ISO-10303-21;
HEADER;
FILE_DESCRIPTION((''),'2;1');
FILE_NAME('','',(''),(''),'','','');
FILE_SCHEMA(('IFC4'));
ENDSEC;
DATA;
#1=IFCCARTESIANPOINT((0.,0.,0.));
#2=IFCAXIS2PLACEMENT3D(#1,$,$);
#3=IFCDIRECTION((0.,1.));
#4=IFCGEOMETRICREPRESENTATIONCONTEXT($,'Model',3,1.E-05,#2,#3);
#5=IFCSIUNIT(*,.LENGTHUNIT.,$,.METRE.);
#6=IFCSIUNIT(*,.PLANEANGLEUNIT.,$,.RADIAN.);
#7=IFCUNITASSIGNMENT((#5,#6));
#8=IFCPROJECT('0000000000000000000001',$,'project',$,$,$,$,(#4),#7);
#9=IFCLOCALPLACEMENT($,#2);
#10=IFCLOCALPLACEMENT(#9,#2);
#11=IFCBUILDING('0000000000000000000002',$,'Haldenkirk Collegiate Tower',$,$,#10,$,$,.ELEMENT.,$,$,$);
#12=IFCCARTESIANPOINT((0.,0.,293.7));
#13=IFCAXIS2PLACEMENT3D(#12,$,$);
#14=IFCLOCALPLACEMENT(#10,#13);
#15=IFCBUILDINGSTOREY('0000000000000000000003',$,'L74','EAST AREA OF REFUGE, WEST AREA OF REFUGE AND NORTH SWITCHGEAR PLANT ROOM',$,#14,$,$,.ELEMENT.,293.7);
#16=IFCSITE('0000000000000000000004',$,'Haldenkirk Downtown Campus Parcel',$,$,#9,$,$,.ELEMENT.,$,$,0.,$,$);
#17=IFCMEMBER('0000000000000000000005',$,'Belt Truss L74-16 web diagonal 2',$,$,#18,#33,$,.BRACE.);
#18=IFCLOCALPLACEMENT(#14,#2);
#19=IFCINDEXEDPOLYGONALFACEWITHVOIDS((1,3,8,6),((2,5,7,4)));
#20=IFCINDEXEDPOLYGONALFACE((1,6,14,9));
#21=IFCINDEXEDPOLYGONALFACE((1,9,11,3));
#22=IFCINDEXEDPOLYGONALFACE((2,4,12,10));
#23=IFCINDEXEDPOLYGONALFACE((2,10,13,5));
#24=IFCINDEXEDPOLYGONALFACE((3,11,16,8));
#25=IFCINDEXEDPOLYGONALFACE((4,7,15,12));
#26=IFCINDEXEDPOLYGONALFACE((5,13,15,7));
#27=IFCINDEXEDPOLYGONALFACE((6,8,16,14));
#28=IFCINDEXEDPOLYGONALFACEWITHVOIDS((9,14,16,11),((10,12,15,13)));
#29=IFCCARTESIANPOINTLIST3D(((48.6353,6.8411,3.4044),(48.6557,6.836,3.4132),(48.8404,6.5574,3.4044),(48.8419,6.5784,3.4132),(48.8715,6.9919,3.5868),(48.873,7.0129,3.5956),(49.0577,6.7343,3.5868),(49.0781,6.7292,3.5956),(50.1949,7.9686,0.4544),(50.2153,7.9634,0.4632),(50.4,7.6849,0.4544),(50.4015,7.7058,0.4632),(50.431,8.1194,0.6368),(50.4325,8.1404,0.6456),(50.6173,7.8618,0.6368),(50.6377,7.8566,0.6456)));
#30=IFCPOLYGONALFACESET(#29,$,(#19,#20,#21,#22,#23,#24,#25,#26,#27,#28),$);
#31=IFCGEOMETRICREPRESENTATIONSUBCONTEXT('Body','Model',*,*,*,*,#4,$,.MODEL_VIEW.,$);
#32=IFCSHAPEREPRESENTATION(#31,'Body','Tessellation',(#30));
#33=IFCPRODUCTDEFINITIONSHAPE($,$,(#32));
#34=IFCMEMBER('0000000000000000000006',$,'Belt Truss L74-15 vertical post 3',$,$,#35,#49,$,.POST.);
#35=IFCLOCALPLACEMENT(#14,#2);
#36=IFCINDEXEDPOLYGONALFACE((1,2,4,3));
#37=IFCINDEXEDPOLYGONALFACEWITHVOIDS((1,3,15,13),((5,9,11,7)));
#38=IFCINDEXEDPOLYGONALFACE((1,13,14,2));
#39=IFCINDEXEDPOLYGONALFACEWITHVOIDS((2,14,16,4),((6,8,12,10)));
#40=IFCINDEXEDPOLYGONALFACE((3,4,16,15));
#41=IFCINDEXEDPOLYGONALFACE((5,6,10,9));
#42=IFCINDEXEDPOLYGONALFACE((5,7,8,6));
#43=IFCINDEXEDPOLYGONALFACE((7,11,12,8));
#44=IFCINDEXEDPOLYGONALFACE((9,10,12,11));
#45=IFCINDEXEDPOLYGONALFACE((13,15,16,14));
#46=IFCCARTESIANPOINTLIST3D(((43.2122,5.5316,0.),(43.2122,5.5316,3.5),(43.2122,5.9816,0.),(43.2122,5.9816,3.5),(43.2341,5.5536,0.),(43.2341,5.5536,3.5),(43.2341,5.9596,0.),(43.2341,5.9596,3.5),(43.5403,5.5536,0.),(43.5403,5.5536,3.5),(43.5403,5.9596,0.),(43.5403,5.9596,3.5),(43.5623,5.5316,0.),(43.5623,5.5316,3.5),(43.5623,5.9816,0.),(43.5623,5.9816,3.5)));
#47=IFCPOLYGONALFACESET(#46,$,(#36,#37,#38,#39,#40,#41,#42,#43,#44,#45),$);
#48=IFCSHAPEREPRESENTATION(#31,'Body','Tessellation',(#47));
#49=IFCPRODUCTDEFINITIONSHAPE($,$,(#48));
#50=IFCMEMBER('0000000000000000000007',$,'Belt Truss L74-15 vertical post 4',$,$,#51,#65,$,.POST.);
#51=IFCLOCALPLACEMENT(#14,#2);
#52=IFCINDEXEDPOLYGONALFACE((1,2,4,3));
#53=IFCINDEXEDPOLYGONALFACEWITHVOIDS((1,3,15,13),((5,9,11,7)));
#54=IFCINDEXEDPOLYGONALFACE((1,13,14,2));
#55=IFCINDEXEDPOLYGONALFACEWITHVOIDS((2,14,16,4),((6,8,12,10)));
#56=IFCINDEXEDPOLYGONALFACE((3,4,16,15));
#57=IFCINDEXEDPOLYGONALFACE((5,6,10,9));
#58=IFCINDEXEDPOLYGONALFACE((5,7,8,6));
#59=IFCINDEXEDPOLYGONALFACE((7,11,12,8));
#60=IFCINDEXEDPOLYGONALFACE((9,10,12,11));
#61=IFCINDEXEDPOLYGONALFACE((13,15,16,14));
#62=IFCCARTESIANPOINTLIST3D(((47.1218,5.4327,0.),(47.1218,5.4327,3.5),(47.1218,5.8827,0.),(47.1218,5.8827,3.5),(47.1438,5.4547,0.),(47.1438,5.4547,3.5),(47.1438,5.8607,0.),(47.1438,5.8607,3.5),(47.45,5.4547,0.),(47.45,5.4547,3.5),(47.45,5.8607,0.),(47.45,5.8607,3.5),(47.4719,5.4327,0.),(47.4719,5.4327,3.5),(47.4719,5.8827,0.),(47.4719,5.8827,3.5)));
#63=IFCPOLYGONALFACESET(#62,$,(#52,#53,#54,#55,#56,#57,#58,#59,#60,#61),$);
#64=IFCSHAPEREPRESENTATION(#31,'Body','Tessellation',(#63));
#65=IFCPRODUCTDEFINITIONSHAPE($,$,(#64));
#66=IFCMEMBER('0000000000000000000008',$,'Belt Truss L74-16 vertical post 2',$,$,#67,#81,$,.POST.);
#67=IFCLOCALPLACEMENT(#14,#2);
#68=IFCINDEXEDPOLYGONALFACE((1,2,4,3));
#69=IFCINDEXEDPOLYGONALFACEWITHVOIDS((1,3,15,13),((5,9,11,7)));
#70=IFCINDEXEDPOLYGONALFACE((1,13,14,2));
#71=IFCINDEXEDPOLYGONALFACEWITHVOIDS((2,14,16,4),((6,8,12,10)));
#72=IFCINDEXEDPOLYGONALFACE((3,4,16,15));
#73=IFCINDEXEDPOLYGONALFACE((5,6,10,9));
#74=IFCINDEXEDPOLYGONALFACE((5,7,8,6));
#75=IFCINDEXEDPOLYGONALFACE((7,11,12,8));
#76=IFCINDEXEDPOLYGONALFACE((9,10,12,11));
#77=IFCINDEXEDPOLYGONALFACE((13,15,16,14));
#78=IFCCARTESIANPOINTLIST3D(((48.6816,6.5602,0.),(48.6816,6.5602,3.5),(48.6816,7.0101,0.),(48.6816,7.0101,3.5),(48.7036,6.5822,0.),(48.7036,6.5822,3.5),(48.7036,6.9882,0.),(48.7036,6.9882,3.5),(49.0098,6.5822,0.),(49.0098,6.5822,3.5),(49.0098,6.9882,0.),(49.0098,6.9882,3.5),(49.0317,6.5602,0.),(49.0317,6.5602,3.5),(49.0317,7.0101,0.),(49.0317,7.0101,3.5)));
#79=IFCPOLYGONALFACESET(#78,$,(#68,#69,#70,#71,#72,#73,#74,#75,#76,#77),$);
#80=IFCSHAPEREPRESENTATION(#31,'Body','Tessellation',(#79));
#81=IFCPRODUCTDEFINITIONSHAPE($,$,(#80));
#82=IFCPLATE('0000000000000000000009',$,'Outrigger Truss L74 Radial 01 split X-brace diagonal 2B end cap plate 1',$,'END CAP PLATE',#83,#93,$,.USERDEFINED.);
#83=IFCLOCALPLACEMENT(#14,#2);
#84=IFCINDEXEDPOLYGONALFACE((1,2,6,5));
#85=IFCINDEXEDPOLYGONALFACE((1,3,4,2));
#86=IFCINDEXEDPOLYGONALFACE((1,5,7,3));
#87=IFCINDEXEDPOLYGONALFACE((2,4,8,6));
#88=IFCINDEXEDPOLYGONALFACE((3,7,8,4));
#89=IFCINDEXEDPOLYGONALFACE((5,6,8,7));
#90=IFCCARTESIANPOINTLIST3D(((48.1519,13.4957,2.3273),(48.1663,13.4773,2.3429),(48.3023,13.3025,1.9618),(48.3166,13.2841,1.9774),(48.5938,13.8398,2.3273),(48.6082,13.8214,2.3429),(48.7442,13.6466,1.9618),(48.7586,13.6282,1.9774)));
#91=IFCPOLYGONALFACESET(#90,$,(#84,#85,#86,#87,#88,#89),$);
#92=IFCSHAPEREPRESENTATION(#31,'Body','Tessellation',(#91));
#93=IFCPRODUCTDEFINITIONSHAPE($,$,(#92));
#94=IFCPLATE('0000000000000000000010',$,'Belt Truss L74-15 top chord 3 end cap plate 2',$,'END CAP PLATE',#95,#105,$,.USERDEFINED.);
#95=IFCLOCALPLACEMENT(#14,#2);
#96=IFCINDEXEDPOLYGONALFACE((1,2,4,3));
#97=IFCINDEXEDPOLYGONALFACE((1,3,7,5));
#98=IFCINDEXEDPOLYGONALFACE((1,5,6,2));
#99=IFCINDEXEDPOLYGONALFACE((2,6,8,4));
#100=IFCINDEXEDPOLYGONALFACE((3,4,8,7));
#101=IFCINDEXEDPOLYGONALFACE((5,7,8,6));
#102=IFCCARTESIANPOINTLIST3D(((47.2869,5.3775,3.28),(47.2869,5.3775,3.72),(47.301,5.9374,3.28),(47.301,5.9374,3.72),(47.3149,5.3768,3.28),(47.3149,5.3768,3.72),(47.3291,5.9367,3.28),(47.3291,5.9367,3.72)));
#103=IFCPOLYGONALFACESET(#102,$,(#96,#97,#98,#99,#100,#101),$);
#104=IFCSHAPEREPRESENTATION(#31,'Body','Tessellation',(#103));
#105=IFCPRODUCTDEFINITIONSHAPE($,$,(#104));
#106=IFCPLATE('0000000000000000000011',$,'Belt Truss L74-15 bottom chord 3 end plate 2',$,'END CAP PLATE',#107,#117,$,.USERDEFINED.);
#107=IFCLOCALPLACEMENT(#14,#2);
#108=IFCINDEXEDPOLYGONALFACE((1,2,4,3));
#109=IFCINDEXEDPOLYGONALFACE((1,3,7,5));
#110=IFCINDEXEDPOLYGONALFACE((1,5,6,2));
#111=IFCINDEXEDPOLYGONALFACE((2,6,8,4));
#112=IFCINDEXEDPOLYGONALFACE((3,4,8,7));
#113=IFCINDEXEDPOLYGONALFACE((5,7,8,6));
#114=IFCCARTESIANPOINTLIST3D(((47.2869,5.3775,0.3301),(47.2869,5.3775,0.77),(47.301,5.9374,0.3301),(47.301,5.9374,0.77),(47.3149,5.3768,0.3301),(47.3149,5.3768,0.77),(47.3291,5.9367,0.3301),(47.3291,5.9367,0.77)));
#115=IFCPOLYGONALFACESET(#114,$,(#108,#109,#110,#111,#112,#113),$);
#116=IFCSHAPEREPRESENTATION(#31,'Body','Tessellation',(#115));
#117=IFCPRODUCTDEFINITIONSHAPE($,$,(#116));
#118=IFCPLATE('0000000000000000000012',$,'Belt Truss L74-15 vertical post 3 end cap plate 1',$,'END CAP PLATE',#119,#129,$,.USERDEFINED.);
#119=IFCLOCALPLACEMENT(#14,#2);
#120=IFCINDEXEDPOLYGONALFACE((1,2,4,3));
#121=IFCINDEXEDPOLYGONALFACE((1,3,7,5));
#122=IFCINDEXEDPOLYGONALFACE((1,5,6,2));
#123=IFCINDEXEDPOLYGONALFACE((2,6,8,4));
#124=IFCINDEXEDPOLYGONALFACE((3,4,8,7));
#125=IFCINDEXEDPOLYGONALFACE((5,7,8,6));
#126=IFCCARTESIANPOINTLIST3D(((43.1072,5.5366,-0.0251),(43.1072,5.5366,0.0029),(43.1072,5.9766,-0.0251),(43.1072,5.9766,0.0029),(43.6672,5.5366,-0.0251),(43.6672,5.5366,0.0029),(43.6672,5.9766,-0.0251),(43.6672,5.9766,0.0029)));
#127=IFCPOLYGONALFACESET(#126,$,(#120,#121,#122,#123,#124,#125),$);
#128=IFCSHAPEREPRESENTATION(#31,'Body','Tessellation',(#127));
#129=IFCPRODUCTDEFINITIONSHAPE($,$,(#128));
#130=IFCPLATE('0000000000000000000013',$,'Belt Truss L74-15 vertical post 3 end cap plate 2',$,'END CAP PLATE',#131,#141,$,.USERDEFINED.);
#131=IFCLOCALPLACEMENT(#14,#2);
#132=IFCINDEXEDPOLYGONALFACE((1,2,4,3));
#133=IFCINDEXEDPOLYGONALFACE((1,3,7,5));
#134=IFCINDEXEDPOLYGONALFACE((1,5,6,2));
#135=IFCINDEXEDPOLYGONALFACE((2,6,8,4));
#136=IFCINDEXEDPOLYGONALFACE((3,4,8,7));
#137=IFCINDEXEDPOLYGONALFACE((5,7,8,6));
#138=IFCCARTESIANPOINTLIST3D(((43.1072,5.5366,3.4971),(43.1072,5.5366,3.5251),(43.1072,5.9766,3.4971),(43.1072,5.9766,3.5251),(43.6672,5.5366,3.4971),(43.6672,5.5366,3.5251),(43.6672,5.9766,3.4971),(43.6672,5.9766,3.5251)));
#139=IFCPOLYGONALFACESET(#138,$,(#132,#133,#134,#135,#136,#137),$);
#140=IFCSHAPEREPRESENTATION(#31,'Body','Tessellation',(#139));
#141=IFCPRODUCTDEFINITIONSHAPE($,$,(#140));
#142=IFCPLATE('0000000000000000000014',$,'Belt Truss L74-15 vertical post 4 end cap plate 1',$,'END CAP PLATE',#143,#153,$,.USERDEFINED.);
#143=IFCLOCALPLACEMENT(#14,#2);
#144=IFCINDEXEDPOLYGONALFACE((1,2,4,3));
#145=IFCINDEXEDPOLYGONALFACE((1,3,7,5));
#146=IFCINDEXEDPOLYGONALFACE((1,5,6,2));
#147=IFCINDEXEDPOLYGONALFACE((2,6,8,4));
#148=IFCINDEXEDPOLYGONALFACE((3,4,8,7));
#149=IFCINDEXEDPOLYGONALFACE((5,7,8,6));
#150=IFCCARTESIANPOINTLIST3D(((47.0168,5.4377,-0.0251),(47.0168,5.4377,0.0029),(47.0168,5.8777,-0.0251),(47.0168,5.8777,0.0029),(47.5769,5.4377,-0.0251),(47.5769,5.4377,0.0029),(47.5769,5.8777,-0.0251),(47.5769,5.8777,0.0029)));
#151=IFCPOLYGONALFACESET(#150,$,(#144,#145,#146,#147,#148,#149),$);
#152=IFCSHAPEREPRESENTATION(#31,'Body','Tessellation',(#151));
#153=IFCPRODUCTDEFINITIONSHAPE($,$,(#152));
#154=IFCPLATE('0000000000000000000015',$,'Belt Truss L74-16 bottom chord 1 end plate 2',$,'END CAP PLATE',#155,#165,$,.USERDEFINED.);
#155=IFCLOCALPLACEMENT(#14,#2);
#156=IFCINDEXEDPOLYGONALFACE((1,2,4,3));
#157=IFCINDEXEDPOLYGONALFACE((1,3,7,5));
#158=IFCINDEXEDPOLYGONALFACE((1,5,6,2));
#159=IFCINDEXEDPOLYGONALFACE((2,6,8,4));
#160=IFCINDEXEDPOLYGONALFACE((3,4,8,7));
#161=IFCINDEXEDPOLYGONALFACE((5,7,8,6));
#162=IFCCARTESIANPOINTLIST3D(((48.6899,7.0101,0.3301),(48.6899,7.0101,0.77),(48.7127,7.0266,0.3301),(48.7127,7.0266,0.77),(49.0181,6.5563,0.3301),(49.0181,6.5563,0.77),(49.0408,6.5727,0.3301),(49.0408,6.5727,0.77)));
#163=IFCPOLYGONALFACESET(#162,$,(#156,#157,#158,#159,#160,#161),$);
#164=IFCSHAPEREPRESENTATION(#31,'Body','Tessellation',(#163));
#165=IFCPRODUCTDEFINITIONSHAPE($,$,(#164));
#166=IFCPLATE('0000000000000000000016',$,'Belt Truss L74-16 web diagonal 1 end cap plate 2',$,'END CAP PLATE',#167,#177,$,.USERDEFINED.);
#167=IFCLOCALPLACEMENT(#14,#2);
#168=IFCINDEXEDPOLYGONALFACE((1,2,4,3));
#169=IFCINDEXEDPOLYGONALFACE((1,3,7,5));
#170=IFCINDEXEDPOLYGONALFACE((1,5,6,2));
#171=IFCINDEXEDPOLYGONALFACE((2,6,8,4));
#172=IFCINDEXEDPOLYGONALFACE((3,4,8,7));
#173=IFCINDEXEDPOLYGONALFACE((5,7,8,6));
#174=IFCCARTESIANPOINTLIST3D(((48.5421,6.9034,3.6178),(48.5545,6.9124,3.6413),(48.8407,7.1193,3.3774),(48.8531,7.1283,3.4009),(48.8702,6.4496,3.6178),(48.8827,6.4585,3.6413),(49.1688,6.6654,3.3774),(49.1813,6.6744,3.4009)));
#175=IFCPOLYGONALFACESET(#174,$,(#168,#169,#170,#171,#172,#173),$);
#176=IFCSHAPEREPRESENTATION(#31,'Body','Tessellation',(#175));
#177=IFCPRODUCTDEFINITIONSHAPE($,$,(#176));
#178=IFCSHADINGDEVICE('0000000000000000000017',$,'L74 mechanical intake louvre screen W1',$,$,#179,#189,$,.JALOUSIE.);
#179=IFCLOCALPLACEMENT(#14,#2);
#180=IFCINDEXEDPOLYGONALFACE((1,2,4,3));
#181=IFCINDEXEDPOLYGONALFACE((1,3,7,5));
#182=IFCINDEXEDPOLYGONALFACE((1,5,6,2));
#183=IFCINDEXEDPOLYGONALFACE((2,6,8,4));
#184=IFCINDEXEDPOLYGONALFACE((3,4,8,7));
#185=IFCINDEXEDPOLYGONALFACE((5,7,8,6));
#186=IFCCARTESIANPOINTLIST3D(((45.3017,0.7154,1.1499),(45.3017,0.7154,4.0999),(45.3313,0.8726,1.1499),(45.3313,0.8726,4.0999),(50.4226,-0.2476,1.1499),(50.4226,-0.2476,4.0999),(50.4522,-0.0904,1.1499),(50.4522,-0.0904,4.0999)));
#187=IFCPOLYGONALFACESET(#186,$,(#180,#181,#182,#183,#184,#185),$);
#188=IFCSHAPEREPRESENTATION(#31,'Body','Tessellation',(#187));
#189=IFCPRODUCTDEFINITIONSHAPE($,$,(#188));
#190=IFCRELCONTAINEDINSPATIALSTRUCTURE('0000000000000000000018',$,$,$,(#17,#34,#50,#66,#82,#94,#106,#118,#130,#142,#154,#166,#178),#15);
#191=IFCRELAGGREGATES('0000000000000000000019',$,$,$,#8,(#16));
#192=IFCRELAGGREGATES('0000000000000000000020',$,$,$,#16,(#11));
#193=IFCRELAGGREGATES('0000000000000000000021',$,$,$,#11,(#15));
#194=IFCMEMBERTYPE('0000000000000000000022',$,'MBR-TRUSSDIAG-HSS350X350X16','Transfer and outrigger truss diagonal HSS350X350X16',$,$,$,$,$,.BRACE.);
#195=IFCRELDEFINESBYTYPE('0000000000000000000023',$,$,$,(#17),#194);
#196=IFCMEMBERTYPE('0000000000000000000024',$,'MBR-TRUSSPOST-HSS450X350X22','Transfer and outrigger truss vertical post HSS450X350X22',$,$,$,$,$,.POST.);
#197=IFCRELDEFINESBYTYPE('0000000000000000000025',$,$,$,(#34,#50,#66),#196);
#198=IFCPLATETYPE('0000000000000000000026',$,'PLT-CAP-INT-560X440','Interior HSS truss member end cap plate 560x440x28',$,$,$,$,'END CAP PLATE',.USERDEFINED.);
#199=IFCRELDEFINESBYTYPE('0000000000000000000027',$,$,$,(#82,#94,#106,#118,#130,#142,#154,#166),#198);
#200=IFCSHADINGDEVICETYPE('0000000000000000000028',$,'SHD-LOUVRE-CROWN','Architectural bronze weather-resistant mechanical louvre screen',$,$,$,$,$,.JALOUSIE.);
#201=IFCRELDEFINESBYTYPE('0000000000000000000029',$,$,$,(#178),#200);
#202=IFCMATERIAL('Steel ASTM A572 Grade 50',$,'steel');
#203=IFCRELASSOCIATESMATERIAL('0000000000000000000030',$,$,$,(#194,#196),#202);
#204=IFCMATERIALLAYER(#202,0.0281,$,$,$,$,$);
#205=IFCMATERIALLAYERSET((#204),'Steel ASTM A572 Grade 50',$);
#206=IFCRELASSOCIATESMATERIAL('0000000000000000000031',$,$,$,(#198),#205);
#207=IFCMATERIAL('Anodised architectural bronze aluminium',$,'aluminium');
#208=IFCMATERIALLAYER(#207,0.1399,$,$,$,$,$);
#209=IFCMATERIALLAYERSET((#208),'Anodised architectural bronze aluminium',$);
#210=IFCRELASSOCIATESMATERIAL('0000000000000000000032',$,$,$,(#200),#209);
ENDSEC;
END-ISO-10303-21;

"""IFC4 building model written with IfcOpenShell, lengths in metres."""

from ifc_helpers import new_model, si_unit, direction, frame, origin, origin_2d, place, context, subcontext, project, spatial, rectangle, hollow_rectangle, extrude, source, transform, mapped, material, layer, layer_set, material_profile, profile_set, type_object, element, save


model = new_model("IFC4")

# Units and contexts
model_context = context("Model", 3, precision=1e-05, world=origin(), true_north=direction((0.0, 1.0)))
body_context = subcontext(model_context, "Body", "Model", "MODEL_VIEW")
ifc_project = project(units=[si_unit("LENGTHUNIT", "METRE"), si_unit("PLANEANGLEUNIT", "RADIAN")], contexts=[model_context])

# Site, building, storey
site_placement = place(None, origin())
site = spatial("IfcSite", under=ifc_project, at=site_placement, Name="Haldenkirk Downtown Campus Parcel", CompositionType="ELEMENT", RefElevation=0.0)
building_placement = place(site_placement, origin())
building = spatial("IfcBuilding", under=site, at=building_placement, Name="Haldenkirk Collegiate Tower", CompositionType="ELEMENT")
storey_placement = place(building_placement, frame((0.0, 0.0, 293.7)))
storey = spatial("IfcBuildingStorey", under=building, at=storey_placement, Name="L74", Description="EAST AREA OF REFUGE, WEST AREA OF REFUGE AND NORTH SWITCHGEAR PLANT ROOM", CompositionType="ELEMENT", Elevation=293.7)

# Shared definitions
ifc_material_1 = material(Name="Steel ASTM A572 Grade 50", Category="steel")

# Members
ifc_material_profile_1 = material_profile(ifc_material_1, hollow_rectangle(XDim=0.3501, YDim=0.3501, WallThickness=0.0161, at=origin_2d()), Name="HSS350X350X16")
ifc_profile_set_1 = profile_set([ifc_material_profile_1], Name="Steel ASTM A572 Grade 50")
member_type_1 = type_object("IfcMemberType", Name="MBR-TRUSSDIAG-HSS350X350X16", Description="Transfer and outrigger truss diagonal HSS350X350X16", PredefinedType="BRACE", material=ifc_profile_set_1)
for number, where, z_axis, x_axis, name in (
    (1, (48.8567, 6.7852, 3.5), (0.442788, 0.3201, -0.837541), (-0.585861, 0.810412, 0.0), "Belt Truss L74-16 web diagonal 2"),
):
    element("IfcMember", number, at=place(storey_placement, frame(where, z_axis=z_axis, x_axis=x_axis)), inside=storey, type_object=member_type_1, Name=name, PredefinedType="BRACE", context=body_context, shape_type="SweptSolid", body=[
        extrude(hollow_rectangle(XDim=0.3501, YDim=0.3501, WallThickness=0.0161, at=origin_2d()), origin(), (0.0, 0.0, 1.0), 3.5222),
    ])
ifc_material_profile_2 = material_profile(ifc_material_1, hollow_rectangle(XDim=0.3501, YDim=0.45, WallThickness=0.022, at=origin_2d()), Name="HSS450X350X22")
ifc_profile_set_2 = profile_set([ifc_material_profile_2], Name="Steel ASTM A572 Grade 50")
member_type_2 = type_object("IfcMemberType", Name="MBR-TRUSSPOST-HSS450X350X22", Description="Transfer and outrigger truss vertical post HSS450X350X22", PredefinedType="POST", material=ifc_profile_set_2)
for number, where, z_axis, x_axis, name in (
    (2, (43.3872, 5.7566, 0.0), (0.0, 0.0, 1.0), (1.0, 0.0, 0.0), "Belt Truss L74-15 vertical post 3"),
    (3, (47.2969, 5.6577, 0.0), (0.0, 0.0, 1.0), (1.0, 0.0, 0.0), "Belt Truss L74-15 vertical post 4"),
    (4, (48.8567, 6.7852, 0.0), (0.0, 0.0, 1.0), (1.0, 0.0, 0.0), "Belt Truss L74-16 vertical post 2"),
):
    element("IfcMember", number, at=place(storey_placement, frame(where, z_axis=z_axis, x_axis=x_axis)), inside=storey, type_object=member_type_2, Name=name, PredefinedType="POST", context=body_context, shape_type="SweptSolid", body=[
        extrude(hollow_rectangle(XDim=0.3501, YDim=0.45, WallThickness=0.022, at=origin_2d()), origin(), (0.0, 0.0, 1.0), 3.5),
    ])

# Plates
ifc_layer_1 = layer(ifc_material_1, 0.0281)
ifc_layer_set_1 = layer_set([ifc_layer_1], Name="Steel ASTM A572 Grade 50")
plate_type = type_object("IfcPlateType", Name="PLT-CAP-INT-560X440", Description="Interior HSS truss member end cap plate 560x440x28", ElementType="END CAP PLATE", PredefinedType="USERDEFINED", material=ifc_layer_set_1)
shared_shape_1 = source(origin(), body_context, "Body", "SweptSolid", [
    extrude(rectangle(XDim=0.5601, YDim=0.4399, at=origin_2d()), origin(), (0.0, 0.0, 1.0), 0.0281),
])
for number, where, z_axis, x_axis, name in (
    (5, (48.4624, 13.5527, 2.1602), (-0.510452, 0.65559, -0.556453), (-0.789032, -0.614352, 0.0), "Outrigger Truss L74 Radial 01 split X-brace diagonal 2B end cap plate 1"),
    (6, (47.2939, 5.6575, 3.5), (0.99968, -0.025313, 0.0), (0.025313, 0.99968, 0.0), "Belt Truss L74-15 top chord 3 end cap plate 2"),
    (7, (47.2939, 5.6575, 0.55), (0.99968, -0.025305, 0.0), (0.025305, 0.99968, 0.0), "Belt Truss L74-15 bottom chord 3 end plate 2"),
    (8, (43.3872, 5.7566, 0.0029), (0.0, 0.0, -1.0), (1.0, 0.0, 0.0), "Belt Truss L74-15 vertical post 3 end cap plate 1"),
    (9, (43.3872, 5.7566, 3.4971), (0.0, 0.0, 1.0), (1.0, 0.0, 0.0), "Belt Truss L74-15 vertical post 3 end cap plate 2"),
    (10, (47.2969, 5.6577, 0.0029), (0.0, 0.0, -1.0), (1.0, 0.0, 0.0), "Belt Truss L74-15 vertical post 4 end cap plate 1"),
    (11, (48.854, 6.7832, 0.55), (0.810404, 0.585872, 0.0), (-0.585872, 0.810404, 0.0), "Belt Truss L74-16 bottom chord 1 end plate 2"),
    (12, (48.8555, 6.7844, 3.4976), (0.442806, 0.320131, 0.837519), (-0.585883, 0.810396, 0.0), "Belt Truss L74-16 web diagonal 1 end cap plate 2"),
):
    element("IfcPlate", number, at=place(storey_placement, frame(where, z_axis=z_axis, x_axis=x_axis)), inside=storey, type_object=plate_type, Name=name, ObjectType="END CAP PLATE", PredefinedType="USERDEFINED", context=body_context, shape_type="MappedRepresentation", body=[
        mapped(shared_shape_1, transform((0.0, 0.0, 0.0), x_axis=(1.0, 0.0, 0.0), y_axis=(0.0, 1.0, 0.0), z_axis=(0.0, 0.0, 1.0), scale=1.0)),
    ])

# Shading device
ifc_material_2 = material(Name="Anodised architectural bronze aluminium", Category="aluminium")
ifc_layer_2 = layer(ifc_material_2, 0.1399)
ifc_layer_set_2 = layer_set([ifc_layer_2], Name="Anodised architectural bronze aluminium")
shading_device_type = type_object("IfcShadingDeviceType", Name="SHD-LOUVRE-CROWN", Description="Architectural bronze weather-resistant mechanical louvre screen", PredefinedType="JALOUSIE", material=ifc_layer_set_2)
shared_shape_2 = source(origin(), body_context, "Body", "SweptSolid", [
    extrude(rectangle(XDim=5.2107, YDim=0.1599, at=origin_2d()), origin(), (0.0, 0.0, 1.0), 2.95),
])
shading_device_placement = place(storey_placement, frame((47.877, 0.3125, 1.1499), z_axis=(0.0, 0.0, 1.0), x_axis=(-0.982774, 0.184809, 0.0)))
element("IfcShadingDevice", 13, at=shading_device_placement, inside=storey, type_object=shading_device_type, Name="L74 mechanical intake louvre screen W1", PredefinedType="JALOUSIE", context=body_context, shape_type="MappedRepresentation", body=[
    mapped(shared_shape_2, transform((0.0, 0.0, 0.0), x_axis=(1.0, 0.0, 0.0), y_axis=(0.0, 1.0, 0.0), z_axis=(0.0, 0.0, 1.0), scale=1.0)),
])

save(model, "model.ifc")
